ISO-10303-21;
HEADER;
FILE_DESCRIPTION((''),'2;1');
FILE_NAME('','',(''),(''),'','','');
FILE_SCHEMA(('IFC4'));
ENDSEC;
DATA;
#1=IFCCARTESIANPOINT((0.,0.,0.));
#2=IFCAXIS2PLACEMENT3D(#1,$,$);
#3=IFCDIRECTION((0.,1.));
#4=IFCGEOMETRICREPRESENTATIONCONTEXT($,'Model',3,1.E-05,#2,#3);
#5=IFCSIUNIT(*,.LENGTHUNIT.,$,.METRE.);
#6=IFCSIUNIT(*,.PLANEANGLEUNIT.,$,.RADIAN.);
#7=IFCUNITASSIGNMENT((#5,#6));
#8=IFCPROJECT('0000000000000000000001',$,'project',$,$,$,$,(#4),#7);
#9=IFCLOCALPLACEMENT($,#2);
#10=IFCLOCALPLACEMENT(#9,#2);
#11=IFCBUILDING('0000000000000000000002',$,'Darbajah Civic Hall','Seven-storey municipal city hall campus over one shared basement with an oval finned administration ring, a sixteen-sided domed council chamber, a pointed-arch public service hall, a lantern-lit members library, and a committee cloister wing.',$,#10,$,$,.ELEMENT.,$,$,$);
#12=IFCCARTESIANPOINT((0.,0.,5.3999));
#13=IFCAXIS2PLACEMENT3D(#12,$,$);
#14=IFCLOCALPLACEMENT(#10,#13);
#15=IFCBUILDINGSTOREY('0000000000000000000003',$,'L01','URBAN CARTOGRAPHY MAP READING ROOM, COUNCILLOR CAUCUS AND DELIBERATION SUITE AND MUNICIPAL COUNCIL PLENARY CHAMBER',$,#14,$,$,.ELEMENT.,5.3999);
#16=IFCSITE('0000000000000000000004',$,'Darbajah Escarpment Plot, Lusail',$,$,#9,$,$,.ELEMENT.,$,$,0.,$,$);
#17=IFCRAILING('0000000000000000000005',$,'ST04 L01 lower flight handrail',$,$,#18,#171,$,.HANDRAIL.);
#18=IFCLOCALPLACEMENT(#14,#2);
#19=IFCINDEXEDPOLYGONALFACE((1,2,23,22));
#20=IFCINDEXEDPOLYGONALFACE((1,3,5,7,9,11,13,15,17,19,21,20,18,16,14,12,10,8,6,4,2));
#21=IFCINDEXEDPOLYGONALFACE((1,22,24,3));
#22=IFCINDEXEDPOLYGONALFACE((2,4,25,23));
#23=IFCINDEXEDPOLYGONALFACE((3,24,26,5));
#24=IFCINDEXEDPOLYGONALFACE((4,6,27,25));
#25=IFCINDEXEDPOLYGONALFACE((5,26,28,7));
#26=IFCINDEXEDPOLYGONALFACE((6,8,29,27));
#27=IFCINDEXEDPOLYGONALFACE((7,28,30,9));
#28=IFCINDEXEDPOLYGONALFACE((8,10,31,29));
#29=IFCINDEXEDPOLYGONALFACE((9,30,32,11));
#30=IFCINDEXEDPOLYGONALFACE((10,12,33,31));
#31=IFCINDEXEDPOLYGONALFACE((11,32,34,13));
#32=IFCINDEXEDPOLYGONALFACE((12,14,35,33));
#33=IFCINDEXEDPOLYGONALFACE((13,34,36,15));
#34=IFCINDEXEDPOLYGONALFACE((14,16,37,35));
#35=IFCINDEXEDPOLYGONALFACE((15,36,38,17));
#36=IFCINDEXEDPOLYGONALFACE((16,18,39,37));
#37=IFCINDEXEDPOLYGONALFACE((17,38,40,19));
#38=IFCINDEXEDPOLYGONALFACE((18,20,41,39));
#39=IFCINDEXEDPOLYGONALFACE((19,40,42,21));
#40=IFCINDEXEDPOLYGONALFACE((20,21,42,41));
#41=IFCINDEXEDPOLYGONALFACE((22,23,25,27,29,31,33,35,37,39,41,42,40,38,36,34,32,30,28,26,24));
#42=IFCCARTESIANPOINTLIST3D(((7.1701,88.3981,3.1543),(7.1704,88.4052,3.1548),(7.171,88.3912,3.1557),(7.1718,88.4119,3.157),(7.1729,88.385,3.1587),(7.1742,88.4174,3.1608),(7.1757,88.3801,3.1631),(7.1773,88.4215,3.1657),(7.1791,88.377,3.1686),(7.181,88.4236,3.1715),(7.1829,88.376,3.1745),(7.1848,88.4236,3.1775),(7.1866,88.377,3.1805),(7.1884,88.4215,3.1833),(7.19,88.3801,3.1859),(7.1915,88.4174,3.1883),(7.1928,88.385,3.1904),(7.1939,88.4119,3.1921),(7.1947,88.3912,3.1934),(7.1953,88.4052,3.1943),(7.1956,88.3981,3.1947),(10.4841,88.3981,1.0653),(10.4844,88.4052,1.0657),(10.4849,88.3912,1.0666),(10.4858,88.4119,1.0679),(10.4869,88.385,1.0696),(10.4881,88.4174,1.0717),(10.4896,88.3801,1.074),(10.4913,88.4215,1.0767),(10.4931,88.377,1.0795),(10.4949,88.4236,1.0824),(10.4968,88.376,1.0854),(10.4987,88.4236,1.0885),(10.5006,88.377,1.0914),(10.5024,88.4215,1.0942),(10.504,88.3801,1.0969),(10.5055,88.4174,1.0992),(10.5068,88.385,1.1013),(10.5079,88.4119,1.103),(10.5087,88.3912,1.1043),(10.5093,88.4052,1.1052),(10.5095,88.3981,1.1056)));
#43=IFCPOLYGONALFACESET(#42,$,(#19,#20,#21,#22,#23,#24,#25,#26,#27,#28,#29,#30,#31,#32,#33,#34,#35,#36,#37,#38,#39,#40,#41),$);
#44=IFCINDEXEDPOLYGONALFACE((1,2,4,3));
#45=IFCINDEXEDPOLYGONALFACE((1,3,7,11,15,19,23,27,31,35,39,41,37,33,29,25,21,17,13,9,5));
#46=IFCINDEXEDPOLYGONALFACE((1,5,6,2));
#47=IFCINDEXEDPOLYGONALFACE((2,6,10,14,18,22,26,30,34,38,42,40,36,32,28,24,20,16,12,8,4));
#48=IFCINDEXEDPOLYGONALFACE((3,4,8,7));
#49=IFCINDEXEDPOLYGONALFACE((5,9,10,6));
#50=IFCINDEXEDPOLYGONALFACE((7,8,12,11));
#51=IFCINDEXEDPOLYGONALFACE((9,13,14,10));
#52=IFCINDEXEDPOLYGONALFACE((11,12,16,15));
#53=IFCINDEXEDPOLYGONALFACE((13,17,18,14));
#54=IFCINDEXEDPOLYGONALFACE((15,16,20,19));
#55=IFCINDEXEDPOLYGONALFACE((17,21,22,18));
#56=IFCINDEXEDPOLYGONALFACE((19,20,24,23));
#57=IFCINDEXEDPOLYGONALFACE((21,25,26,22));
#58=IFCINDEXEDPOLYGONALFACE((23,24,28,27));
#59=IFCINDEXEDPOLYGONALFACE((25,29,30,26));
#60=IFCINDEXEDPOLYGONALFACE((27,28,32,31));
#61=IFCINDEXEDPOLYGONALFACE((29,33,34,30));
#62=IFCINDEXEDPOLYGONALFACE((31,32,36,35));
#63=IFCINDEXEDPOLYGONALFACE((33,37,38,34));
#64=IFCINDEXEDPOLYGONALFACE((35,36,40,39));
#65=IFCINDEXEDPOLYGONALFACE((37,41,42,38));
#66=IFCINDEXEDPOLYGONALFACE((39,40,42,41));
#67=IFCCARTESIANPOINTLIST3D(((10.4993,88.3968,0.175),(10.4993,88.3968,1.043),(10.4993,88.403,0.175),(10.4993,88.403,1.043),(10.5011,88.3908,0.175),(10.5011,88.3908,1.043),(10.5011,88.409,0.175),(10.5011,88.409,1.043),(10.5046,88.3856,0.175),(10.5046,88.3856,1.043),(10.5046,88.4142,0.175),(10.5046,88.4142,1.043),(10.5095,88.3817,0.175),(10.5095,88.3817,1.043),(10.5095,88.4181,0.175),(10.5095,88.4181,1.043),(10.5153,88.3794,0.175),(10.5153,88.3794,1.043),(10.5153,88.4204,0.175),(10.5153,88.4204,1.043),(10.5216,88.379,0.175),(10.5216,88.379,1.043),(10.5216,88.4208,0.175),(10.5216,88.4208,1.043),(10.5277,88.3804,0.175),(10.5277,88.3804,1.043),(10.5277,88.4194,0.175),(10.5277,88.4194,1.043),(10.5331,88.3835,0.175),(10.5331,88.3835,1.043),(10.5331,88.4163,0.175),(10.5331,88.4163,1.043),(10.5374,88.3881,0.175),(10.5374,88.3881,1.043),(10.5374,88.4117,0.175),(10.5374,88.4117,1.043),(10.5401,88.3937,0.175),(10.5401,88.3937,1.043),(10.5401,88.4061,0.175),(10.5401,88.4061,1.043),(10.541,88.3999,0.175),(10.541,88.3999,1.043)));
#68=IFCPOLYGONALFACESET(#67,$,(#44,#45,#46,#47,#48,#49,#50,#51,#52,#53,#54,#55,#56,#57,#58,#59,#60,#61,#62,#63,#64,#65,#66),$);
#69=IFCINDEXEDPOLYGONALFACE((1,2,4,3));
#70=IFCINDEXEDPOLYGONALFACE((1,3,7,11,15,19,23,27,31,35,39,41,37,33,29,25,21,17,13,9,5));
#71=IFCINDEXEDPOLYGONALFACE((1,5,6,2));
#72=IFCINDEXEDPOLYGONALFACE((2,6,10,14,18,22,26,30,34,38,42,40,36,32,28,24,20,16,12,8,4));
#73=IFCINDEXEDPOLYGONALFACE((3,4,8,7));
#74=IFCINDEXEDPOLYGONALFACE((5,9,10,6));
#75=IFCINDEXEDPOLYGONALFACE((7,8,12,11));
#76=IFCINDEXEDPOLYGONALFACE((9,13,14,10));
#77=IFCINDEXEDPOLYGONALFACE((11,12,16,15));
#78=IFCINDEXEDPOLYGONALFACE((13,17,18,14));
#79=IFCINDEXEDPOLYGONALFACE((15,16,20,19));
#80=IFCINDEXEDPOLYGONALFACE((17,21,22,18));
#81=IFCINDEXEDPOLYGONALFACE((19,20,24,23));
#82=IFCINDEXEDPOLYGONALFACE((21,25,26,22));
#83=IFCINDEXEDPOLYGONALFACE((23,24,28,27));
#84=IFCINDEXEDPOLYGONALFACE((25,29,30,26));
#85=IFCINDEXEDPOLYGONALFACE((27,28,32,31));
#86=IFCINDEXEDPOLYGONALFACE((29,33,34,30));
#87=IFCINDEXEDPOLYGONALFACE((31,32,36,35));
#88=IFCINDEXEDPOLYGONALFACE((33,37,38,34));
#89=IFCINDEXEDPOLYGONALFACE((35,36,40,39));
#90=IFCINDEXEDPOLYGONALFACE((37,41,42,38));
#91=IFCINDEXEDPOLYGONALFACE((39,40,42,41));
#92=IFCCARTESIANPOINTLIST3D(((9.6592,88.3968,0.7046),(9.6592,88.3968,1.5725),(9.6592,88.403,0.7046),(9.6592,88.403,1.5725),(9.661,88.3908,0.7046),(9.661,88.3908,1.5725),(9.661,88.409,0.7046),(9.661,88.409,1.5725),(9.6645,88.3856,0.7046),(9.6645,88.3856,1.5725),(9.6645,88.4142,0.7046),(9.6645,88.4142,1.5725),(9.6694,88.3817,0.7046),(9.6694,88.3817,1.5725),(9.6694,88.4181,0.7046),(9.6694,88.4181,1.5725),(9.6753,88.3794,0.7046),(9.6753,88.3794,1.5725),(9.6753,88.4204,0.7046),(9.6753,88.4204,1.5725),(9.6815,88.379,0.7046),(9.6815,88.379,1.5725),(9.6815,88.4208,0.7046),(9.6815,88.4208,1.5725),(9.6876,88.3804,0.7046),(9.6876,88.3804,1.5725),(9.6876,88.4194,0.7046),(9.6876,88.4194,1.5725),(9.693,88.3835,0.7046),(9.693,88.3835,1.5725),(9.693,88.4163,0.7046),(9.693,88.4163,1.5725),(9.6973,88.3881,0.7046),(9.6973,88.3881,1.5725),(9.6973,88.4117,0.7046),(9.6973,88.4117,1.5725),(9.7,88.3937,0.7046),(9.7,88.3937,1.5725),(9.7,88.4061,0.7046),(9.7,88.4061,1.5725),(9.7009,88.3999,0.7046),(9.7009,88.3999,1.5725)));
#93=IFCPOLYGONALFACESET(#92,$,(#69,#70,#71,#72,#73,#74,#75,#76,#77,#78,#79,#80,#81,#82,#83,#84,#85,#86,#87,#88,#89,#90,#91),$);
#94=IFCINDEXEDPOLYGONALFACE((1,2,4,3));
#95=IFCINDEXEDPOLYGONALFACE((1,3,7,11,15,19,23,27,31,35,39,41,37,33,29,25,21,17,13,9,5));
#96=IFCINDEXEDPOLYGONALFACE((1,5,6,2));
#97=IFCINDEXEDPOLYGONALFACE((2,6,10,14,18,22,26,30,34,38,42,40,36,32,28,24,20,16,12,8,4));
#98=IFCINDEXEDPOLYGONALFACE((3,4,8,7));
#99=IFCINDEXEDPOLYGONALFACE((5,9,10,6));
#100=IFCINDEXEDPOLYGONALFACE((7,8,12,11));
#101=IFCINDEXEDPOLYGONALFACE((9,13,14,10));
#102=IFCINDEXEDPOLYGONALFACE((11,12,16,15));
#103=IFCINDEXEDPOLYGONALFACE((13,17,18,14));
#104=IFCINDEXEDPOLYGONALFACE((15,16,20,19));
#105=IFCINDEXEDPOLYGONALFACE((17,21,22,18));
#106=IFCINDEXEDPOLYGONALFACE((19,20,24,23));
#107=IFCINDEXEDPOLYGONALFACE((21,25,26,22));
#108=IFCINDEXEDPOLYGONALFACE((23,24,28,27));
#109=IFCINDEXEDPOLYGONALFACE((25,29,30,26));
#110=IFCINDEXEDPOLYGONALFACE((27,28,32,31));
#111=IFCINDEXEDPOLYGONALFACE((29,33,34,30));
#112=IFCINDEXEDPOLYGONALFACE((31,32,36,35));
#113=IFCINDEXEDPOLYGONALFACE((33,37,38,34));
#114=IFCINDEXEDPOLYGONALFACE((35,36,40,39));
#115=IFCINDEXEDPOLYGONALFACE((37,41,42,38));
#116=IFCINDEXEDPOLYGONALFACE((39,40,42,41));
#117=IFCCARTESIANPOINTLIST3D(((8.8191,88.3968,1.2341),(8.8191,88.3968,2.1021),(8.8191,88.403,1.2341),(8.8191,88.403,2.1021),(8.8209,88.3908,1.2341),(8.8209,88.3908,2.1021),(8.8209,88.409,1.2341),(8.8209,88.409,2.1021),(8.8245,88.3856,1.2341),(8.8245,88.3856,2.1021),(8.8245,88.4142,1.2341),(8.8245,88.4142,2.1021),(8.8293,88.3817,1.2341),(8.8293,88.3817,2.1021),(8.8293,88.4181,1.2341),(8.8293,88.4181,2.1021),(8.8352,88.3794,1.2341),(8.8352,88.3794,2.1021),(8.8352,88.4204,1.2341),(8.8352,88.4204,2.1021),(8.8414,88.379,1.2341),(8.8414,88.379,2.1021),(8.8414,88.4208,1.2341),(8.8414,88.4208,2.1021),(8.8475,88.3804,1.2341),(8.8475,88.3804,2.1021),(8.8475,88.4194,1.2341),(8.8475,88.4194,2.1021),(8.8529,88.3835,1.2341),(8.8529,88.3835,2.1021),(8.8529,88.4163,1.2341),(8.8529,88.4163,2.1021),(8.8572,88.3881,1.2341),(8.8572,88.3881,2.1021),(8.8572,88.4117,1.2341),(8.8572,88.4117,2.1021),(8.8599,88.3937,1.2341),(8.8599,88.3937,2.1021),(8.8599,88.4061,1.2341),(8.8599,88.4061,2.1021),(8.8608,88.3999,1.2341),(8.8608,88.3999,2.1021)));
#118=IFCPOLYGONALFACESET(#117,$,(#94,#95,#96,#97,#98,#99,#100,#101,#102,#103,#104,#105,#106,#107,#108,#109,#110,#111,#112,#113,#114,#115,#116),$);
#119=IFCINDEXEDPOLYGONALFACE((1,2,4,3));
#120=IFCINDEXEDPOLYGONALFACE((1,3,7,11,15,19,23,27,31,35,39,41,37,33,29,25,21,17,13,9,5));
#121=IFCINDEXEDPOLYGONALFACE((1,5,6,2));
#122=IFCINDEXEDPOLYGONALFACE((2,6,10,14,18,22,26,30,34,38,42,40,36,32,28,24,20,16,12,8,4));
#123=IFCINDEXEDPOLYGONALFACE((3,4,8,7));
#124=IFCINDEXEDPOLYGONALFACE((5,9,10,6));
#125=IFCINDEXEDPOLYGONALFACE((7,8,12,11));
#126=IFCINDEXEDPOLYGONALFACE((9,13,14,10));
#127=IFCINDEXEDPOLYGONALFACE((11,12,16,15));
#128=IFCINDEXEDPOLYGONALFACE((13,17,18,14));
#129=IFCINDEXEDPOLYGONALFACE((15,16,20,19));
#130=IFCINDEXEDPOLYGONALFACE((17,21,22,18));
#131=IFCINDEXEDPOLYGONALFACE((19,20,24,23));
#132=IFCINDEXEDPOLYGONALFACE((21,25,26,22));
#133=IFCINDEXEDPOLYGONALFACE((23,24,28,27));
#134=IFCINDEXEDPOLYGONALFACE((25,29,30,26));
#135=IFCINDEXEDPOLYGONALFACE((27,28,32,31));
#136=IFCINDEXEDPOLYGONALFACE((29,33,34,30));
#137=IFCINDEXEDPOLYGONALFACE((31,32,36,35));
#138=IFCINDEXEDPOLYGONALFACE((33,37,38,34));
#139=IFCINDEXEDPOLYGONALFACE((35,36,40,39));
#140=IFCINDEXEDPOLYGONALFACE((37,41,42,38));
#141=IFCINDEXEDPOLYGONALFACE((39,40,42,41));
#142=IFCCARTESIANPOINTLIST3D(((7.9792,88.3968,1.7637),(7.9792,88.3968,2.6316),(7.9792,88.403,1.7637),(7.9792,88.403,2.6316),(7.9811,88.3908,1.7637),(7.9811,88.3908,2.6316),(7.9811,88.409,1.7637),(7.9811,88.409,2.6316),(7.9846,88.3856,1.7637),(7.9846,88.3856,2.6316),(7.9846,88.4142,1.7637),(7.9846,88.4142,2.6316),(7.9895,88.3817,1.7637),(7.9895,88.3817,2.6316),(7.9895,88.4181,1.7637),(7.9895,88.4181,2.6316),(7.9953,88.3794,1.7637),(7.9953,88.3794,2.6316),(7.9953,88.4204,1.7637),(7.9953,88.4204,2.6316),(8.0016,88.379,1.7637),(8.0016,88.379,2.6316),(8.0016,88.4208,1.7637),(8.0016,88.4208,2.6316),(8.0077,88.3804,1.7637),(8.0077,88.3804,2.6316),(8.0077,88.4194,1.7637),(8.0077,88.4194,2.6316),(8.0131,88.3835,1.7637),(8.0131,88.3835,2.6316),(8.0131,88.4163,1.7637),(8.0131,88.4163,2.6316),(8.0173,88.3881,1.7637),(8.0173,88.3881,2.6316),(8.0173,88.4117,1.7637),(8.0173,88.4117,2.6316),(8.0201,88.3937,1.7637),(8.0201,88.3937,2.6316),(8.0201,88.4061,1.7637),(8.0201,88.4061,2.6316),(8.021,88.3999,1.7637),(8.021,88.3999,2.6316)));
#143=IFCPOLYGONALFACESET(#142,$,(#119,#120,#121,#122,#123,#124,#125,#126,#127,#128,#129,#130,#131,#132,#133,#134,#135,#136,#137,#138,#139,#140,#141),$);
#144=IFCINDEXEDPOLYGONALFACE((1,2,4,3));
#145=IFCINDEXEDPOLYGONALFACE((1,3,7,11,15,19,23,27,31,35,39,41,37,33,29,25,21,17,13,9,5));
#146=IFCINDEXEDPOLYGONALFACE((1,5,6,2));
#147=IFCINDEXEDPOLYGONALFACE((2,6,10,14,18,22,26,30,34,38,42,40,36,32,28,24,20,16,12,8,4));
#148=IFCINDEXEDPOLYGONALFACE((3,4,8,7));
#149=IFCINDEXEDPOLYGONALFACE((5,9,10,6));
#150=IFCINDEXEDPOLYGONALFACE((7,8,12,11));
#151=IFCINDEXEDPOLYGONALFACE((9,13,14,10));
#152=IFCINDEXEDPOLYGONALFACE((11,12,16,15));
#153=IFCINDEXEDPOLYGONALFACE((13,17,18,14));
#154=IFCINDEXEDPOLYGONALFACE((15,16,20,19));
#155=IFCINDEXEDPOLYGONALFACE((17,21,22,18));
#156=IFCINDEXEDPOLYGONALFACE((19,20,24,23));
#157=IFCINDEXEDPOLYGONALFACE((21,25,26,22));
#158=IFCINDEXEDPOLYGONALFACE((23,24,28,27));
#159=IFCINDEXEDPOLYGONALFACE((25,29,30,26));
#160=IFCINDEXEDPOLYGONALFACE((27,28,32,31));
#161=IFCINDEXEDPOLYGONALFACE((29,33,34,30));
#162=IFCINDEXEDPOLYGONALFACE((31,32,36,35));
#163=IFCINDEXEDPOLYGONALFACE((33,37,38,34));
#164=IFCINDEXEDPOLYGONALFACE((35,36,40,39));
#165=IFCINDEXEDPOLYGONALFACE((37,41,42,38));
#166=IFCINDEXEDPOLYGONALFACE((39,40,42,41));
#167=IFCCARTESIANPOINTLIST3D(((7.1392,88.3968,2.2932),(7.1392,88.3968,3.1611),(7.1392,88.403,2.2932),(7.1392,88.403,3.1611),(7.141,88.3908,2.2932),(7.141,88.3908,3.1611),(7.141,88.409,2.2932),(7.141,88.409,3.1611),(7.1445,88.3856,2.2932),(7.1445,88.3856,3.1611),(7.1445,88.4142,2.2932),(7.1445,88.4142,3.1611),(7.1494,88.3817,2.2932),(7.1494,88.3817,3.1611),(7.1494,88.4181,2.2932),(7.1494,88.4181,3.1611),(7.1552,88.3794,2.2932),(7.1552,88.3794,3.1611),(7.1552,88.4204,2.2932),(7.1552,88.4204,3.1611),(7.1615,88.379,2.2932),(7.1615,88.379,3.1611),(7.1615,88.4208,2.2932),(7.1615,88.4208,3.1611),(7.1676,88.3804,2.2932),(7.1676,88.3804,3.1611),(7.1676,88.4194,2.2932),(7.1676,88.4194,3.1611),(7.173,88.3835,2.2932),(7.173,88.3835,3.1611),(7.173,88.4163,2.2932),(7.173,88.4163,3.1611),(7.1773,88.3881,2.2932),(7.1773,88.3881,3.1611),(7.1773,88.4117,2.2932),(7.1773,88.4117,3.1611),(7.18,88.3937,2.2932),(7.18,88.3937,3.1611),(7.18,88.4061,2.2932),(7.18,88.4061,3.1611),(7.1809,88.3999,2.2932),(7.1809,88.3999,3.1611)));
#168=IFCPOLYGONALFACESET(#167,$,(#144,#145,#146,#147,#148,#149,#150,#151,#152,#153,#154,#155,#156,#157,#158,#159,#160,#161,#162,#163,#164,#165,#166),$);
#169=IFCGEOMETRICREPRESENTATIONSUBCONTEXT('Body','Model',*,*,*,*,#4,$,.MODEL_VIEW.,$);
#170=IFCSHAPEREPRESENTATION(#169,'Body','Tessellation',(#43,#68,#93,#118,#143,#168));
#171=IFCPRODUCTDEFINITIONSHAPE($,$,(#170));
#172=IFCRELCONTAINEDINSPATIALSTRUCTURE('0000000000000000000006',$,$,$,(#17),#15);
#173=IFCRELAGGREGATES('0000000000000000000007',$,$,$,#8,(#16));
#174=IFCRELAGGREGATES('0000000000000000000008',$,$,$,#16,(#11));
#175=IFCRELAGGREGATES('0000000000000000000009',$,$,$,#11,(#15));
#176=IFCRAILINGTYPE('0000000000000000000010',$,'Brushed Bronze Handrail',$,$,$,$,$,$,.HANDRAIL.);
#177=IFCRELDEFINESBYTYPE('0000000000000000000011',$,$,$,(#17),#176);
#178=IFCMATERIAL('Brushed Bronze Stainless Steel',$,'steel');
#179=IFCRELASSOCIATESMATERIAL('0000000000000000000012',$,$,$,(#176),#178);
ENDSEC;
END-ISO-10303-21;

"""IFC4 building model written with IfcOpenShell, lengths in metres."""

from ifc_helpers import new_model, si_unit, direction, frame, origin, origin_2d, place, context, subcontext, project, spatial, circle, extrude, material, type_object, element, save


model = new_model("IFC4")

# Units and contexts
model_context = context("Model", 3, precision=1e-05, world=origin(), true_north=direction((0.0, 1.0)))
body_context = subcontext(model_context, "Body", "Model", "MODEL_VIEW")
ifc_project = project(units=[si_unit("LENGTHUNIT", "METRE"), si_unit("PLANEANGLEUNIT", "RADIAN")], contexts=[model_context])

# Site, building, storey
site_placement = place(None, origin())
site = spatial("IfcSite", under=ifc_project, at=site_placement, Name="Darbajah Escarpment Plot, Lusail", CompositionType="ELEMENT", RefElevation=0.0)
building_placement = place(site_placement, origin())
building = spatial("IfcBuilding", under=site, at=building_placement, Name="Darbajah Civic Hall", Description="Seven-storey municipal city hall campus over one shared basement with an oval finned administration ring, a sixteen-sided domed council chamber, a pointed-arch public service hall, a lantern-lit members library, and a committee cloister wing.", CompositionType="ELEMENT")
storey_placement = place(building_placement, frame((0.0, 0.0, 5.3999)))
storey = spatial("IfcBuildingStorey", under=building, at=storey_placement, Name="L01", Description="URBAN CARTOGRAPHY MAP READING ROOM, COUNCILLOR CAUCUS AND DELIBERATION SUITE AND MUNICIPAL COUNCIL PLENARY CHAMBER", CompositionType="ELEMENT", Elevation=5.3999)

# Railing
ifc_material_1 = material(Name="Brushed Bronze Stainless Steel", Category="steel")
railing_type_1 = type_object("IfcRailingType", Name="Brushed Bronze Handrail", PredefinedType="HANDRAIL", material=ifc_material_1)
railing_1_placement = place(storey_placement, frame((10.52, 88.3999, 0.175)))
element("IfcRailing", 1, at=railing_1_placement, inside=storey, type_object=railing_type_1, Name="ST04 L01 lower flight handrail", PredefinedType="HANDRAIL", context=body_context, shape_type="SweptSolid", body=[
    extrude(circle(Radius=0.0239, at=origin_2d()), frame((-0.0232, 0.0, 0.9104), z_axis=(-0.845944, 0.0, 0.533271), x_axis=(0.0, -1.0, 0.0)), (0.0, 0.0, 1.0), 3.9175),
    extrude(circle(Radius=0.021, at=origin_2d()), origin(), (0.0, 0.0, 1.0), 0.8679),
    extrude(circle(Radius=0.021, at=origin_2d()), frame((-0.8401, 0.0, 0.5295)), (0.0, 0.0, 1.0), 0.8679),
    extrude(circle(Radius=0.021, at=origin_2d()), frame((-1.6802, 0.0, 1.0591)), (0.0, 0.0, 1.0), 0.8679),
    extrude(circle(Radius=0.021, at=origin_2d()), frame((-2.52, 0.0, 1.5886)), (0.0, 0.0, 1.0), 0.8679),
    extrude(circle(Radius=0.021, at=origin_2d()), frame((-3.3601, 0.0, 2.1182)), (0.0, 0.0, 1.0), 0.8679),
])

save(model, "model.ifc")
